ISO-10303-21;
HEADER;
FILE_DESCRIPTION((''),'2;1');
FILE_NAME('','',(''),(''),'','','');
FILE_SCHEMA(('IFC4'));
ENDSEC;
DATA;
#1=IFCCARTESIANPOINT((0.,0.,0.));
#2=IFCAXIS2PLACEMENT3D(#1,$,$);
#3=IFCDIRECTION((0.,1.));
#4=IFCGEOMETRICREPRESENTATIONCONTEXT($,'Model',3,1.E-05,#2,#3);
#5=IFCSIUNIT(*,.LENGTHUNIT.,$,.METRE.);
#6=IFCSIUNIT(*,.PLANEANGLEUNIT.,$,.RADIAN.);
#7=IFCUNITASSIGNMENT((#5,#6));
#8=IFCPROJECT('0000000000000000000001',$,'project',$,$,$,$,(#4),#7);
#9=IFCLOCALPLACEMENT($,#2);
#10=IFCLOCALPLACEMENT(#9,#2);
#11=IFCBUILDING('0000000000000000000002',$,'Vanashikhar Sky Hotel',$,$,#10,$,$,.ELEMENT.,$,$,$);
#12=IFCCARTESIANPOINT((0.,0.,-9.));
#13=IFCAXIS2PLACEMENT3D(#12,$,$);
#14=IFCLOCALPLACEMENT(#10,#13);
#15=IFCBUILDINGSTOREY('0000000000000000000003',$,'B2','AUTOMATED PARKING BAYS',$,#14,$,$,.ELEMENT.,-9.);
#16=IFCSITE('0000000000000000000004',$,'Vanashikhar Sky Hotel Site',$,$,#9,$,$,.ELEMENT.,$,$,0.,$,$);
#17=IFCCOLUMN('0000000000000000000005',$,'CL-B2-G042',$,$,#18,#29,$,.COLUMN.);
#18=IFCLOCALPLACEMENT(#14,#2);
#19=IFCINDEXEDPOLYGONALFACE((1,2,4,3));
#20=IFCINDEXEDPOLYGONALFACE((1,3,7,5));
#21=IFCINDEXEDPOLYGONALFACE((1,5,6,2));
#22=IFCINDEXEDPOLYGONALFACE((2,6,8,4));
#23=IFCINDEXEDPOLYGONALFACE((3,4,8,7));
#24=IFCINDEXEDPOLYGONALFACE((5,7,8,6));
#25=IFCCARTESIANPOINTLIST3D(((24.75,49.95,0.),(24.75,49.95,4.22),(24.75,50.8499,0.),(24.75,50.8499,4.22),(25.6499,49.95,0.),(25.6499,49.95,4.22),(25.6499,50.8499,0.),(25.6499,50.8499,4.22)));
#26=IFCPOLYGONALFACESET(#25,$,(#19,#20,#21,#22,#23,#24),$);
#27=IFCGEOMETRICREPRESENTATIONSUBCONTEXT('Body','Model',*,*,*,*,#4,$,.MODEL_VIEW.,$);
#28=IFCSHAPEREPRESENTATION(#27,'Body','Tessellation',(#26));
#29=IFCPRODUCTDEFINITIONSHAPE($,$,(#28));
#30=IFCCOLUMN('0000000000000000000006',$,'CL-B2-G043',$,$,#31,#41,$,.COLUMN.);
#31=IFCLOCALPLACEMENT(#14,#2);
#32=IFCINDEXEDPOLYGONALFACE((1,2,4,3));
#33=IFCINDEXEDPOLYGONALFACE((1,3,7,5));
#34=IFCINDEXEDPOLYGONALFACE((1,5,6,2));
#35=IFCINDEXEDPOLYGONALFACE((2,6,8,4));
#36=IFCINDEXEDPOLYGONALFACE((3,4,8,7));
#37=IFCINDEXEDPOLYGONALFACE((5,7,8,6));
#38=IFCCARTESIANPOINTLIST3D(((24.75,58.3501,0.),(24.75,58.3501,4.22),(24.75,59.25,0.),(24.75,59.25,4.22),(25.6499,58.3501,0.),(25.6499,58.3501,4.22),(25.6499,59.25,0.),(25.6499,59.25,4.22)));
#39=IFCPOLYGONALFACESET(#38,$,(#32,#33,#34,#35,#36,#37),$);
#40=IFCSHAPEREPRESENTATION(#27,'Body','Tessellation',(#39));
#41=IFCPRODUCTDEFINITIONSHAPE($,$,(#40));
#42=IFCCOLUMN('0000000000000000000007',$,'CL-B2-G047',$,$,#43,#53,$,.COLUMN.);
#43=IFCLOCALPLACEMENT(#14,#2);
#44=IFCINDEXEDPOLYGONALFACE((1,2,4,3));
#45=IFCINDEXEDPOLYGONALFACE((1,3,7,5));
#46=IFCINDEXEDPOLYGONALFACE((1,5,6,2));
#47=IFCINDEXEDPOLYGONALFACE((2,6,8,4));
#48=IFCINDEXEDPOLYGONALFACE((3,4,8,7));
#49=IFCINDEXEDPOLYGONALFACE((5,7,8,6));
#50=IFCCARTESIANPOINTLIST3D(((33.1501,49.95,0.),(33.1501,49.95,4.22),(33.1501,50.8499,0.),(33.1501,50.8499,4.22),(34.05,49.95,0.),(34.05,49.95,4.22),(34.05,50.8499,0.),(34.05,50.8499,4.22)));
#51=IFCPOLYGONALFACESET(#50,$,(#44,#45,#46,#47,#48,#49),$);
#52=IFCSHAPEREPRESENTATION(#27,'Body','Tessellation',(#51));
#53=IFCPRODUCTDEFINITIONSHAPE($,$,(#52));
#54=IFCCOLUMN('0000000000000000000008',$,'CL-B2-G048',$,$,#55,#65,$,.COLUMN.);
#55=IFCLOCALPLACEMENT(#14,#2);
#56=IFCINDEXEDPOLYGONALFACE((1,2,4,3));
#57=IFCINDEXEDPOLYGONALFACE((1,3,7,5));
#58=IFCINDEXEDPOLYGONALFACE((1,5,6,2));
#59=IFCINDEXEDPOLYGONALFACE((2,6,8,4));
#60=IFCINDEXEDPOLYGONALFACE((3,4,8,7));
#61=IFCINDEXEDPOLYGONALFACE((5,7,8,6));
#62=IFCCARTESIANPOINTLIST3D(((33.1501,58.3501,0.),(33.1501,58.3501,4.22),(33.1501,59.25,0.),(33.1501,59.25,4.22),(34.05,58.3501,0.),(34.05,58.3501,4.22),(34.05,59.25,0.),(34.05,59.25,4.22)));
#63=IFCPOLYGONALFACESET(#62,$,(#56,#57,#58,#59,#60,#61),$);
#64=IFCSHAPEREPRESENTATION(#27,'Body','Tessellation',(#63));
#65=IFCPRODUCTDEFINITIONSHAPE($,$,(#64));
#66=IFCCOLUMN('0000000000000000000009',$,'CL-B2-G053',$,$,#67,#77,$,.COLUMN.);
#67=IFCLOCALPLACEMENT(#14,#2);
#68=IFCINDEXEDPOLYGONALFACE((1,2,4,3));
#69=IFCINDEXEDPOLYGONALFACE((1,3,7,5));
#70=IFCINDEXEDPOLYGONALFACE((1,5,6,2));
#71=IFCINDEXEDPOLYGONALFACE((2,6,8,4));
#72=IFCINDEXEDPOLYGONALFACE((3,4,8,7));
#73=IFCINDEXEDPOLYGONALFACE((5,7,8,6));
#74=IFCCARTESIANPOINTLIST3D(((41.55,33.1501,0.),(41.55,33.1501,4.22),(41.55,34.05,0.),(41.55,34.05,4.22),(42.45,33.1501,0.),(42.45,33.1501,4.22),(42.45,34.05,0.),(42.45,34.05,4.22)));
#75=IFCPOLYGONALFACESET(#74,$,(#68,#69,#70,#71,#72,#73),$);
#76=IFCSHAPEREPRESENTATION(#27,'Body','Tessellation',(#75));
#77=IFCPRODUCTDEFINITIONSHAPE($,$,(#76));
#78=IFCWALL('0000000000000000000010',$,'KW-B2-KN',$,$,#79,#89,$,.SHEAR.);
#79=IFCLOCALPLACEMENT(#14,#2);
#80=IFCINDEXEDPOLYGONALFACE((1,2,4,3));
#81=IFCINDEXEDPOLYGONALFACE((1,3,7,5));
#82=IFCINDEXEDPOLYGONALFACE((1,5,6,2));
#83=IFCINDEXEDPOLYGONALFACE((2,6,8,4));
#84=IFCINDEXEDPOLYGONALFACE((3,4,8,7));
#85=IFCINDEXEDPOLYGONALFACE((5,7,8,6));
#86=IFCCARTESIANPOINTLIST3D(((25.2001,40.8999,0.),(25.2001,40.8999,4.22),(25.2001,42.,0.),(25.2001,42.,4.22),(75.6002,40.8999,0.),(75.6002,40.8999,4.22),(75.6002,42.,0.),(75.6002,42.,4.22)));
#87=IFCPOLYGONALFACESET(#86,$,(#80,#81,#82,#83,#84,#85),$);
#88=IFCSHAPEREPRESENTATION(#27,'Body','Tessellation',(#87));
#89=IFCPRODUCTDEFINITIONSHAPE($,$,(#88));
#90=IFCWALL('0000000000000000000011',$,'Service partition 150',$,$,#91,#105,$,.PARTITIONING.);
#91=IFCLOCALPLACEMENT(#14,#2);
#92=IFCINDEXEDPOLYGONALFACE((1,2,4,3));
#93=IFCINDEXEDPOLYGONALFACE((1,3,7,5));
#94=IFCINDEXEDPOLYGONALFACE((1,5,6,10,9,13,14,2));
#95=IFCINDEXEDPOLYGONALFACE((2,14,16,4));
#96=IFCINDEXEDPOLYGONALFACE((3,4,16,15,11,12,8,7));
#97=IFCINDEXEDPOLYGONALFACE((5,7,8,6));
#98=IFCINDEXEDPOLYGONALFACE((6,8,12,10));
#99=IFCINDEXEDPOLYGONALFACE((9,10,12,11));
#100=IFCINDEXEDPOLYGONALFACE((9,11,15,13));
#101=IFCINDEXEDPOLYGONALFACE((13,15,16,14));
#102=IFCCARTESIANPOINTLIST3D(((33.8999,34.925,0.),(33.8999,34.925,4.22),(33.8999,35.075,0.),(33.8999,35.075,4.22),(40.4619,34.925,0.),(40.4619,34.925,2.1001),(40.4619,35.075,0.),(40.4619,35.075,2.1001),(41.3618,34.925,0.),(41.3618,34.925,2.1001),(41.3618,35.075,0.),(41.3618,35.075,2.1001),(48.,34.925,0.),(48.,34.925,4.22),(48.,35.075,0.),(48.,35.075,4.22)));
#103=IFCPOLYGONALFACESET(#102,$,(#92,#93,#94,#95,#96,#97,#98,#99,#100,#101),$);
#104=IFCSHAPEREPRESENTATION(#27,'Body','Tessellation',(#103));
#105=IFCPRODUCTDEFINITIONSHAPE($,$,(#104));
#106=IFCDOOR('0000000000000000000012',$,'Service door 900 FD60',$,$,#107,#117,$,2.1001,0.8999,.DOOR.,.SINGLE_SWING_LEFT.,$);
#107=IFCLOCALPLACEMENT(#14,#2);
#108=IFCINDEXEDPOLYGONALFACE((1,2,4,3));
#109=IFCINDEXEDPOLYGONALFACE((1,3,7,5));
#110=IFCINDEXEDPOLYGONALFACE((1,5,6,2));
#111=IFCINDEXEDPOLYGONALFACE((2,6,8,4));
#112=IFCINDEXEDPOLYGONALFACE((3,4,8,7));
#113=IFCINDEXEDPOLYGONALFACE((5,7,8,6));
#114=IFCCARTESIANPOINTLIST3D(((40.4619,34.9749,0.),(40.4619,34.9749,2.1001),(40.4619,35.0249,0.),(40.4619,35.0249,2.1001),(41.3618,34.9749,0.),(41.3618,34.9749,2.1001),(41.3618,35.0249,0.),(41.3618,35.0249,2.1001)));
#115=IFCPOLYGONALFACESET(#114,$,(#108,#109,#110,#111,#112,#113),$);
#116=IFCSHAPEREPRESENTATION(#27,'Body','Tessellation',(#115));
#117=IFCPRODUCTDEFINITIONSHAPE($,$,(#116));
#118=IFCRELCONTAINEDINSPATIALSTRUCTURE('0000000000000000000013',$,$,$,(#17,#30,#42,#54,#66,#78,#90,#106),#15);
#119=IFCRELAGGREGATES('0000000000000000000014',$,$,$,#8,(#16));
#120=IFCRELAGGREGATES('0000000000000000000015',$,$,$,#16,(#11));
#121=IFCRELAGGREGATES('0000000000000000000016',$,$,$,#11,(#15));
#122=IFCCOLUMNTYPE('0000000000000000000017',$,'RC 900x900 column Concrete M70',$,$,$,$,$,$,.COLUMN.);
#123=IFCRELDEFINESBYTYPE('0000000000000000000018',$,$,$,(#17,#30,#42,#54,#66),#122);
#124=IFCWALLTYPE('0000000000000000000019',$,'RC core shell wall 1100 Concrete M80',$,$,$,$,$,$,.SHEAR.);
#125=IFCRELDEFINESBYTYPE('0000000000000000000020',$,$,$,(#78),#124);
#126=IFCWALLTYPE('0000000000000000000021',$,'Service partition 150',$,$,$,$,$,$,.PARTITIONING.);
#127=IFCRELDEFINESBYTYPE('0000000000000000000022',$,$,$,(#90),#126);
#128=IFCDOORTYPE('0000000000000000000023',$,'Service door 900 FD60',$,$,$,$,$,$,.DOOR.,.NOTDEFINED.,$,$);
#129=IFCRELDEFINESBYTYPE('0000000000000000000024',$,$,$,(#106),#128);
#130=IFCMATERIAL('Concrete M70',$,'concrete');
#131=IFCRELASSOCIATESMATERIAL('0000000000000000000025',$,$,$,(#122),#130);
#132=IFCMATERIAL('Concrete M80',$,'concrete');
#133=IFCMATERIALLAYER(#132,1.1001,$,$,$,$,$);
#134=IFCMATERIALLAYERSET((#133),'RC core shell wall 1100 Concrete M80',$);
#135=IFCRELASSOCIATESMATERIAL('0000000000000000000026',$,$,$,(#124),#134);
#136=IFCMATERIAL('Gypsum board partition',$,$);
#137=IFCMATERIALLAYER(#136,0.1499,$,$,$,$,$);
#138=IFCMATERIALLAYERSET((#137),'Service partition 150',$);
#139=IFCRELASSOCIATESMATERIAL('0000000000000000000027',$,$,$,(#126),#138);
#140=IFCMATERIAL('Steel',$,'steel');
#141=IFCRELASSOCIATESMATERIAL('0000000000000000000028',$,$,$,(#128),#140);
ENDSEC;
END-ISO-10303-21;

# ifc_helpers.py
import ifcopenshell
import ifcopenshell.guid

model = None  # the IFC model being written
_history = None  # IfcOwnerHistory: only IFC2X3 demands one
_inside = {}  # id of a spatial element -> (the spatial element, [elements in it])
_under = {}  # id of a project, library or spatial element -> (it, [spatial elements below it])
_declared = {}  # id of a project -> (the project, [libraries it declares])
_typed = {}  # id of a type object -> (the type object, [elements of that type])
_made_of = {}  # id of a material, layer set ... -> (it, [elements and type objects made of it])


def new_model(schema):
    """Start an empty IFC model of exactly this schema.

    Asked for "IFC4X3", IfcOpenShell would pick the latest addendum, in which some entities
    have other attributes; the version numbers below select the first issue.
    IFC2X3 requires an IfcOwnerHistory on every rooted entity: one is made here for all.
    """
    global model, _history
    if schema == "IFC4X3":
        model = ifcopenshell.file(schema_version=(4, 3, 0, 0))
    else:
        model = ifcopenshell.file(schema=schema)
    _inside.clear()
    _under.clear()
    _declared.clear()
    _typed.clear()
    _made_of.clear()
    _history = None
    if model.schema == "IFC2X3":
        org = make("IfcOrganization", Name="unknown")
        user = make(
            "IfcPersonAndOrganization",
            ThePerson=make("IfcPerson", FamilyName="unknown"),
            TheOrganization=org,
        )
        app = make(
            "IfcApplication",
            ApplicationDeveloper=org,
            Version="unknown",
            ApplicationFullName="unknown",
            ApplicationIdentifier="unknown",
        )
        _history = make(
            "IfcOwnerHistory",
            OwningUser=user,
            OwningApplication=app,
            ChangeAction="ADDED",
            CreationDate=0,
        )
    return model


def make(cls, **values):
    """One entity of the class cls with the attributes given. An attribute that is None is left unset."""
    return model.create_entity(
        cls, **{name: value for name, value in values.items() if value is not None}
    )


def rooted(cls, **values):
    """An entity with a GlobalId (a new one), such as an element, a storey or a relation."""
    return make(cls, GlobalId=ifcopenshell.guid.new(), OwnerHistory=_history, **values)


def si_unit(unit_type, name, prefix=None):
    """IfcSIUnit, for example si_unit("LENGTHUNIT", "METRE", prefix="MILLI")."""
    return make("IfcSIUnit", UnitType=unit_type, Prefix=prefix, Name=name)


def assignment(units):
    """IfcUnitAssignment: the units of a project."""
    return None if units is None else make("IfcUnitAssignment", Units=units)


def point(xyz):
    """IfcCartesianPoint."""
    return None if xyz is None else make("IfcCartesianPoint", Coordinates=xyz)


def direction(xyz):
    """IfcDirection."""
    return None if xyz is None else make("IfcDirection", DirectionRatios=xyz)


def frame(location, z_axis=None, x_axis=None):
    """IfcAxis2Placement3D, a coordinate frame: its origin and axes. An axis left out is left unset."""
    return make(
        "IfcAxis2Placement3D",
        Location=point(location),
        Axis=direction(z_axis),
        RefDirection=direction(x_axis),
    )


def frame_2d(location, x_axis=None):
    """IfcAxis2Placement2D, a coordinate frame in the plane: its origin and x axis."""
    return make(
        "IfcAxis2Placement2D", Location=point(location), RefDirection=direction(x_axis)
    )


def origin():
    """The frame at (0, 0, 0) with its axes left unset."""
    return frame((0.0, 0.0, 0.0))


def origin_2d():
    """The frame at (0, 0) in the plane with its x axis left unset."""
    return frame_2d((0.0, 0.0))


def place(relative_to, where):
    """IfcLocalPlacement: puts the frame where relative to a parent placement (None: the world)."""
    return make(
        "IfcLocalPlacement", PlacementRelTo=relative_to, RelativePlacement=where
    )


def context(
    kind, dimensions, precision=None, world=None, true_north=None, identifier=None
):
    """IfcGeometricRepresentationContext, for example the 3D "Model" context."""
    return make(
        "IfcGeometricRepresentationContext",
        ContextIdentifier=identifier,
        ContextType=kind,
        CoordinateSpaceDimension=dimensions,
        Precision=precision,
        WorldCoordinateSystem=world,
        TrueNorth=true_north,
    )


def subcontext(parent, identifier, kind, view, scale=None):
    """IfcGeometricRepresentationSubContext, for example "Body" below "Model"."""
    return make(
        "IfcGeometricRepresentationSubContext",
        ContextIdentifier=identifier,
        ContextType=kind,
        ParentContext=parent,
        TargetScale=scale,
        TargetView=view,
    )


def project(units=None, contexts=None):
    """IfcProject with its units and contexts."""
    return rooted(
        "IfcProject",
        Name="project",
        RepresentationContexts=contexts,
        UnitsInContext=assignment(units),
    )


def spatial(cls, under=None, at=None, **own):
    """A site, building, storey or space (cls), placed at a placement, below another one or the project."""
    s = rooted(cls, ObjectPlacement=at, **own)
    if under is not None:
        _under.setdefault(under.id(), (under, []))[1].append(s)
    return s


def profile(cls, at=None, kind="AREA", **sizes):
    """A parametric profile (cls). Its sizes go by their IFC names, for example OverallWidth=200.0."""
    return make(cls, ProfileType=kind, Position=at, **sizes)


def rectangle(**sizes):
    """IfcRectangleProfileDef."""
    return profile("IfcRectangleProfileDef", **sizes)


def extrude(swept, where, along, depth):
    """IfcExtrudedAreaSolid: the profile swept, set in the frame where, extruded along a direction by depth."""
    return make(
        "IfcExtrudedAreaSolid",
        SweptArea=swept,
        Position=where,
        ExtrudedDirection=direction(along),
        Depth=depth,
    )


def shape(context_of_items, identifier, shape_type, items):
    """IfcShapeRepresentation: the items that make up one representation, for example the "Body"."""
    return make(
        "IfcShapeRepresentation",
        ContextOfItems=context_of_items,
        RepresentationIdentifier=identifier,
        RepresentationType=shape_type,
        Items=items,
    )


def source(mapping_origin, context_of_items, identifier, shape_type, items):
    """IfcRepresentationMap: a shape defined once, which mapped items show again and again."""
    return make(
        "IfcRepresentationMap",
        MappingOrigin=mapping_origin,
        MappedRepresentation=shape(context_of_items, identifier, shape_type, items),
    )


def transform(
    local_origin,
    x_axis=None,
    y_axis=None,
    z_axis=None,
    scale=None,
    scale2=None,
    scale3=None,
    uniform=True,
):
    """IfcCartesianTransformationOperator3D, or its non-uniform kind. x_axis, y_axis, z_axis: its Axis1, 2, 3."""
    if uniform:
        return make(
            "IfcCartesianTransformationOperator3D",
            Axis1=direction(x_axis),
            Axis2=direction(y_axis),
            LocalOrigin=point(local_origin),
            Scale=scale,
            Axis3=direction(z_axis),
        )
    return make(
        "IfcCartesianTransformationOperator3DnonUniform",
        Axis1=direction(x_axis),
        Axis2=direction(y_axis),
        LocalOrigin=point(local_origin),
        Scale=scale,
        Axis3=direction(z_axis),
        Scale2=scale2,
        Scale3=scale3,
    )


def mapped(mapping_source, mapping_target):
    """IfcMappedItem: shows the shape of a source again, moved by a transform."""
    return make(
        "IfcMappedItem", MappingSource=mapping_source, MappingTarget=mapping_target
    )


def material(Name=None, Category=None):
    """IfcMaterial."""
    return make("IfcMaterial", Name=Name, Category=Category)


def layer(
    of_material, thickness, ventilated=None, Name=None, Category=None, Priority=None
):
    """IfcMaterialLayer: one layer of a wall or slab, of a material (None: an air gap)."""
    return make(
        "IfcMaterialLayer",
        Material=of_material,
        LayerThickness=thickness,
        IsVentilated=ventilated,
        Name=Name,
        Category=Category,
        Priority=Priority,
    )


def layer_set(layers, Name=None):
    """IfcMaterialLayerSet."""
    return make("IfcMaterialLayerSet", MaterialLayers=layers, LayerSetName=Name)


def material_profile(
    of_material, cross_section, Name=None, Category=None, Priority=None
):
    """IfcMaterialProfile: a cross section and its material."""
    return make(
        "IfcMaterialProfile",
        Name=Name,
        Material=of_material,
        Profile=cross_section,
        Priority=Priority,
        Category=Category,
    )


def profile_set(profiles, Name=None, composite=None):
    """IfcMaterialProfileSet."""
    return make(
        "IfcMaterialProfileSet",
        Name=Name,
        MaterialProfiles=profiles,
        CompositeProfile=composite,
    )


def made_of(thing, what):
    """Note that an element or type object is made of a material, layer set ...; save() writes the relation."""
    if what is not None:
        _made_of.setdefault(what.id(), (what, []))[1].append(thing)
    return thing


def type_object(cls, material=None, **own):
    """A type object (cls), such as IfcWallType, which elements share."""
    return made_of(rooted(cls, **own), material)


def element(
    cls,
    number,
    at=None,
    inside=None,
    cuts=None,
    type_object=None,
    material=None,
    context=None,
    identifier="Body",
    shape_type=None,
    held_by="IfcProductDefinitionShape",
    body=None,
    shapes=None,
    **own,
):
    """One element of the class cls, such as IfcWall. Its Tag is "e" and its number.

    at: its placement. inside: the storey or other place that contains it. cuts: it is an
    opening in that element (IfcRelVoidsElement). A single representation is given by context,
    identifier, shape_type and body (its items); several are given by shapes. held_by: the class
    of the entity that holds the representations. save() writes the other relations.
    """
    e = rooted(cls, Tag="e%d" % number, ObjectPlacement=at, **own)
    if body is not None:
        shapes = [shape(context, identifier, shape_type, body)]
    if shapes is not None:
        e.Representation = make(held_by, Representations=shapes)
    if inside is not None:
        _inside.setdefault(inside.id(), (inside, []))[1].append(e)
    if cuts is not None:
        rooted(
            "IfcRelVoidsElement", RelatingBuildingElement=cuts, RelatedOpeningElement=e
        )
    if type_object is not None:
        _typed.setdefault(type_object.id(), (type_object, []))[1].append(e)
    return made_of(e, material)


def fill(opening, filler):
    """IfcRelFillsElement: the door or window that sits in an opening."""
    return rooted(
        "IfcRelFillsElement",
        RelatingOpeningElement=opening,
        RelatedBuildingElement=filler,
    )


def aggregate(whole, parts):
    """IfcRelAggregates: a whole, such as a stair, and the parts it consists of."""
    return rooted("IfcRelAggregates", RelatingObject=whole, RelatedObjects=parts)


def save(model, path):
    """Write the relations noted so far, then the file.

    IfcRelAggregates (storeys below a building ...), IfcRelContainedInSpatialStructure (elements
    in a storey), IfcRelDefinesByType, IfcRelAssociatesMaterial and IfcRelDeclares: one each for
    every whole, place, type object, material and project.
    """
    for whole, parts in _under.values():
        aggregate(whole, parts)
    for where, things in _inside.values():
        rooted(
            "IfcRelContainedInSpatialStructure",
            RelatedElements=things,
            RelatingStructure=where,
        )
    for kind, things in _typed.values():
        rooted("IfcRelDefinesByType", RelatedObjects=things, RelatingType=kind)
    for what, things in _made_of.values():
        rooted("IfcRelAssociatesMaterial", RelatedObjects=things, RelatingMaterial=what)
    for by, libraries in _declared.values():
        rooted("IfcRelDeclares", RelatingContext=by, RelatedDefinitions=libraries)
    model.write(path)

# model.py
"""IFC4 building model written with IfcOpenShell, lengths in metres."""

from ifc_helpers import new_model, si_unit, direction, frame, frame_2d, origin, origin_2d, place, context, subcontext, project, spatial, rectangle, extrude, source, transform, mapped, material, layer, layer_set, material_profile, profile_set, type_object, element, fill, save


model = new_model("IFC4")

# Units and contexts
model_context = context("Model", 3, precision=1e-05, world=origin(), true_north=direction((0.0, 1.0)))
body_context = subcontext(model_context, "Body", "Model", "MODEL_VIEW")
ifc_project = project(units=[si_unit("LENGTHUNIT", "METRE"), si_unit("PLANEANGLEUNIT", "RADIAN")], contexts=[model_context])

# Site, building, storey
site_placement = place(None, origin())
site = spatial("IfcSite", under=ifc_project, at=site_placement, Name="Vanashikhar Sky Hotel Site", CompositionType="ELEMENT", RefElevation=0.0)
building_placement = place(site_placement, origin())
building = spatial("IfcBuilding", under=site, at=building_placement, Name="Vanashikhar Sky Hotel", CompositionType="ELEMENT")
storey_placement = place(building_placement, frame((0.0, 0.0, -9.0)))
storey = spatial("IfcBuildingStorey", under=building, at=storey_placement, Name="B2", Description="AUTOMATED PARKING BAYS", CompositionType="ELEMENT", Elevation=-9.0)

# Columns
ifc_material_1 = material(Name="Concrete M70", Category="concrete")
ifc_material_profile = material_profile(ifc_material_1, rectangle(XDim=0.8999, YDim=0.8999, at=origin_2d()))
ifc_profile_set = profile_set([ifc_material_profile], Name="RC 900x900 column Concrete M70")
column_type = type_object("IfcColumnType", Name="RC 900x900 column Concrete M70", PredefinedType="COLUMN", material=ifc_profile_set)
shared_shape_1 = source(origin(), body_context, "Body", "SweptSolid", [
    extrude(rectangle(XDim=0.8999, YDim=0.8999, at=origin_2d()), origin(), (0.0, 0.0, 1.0), 4.22),
])
for number, where, z_axis, x_axis, name in (
    (1, (25.2, 50.3999, 0.0), (0.0, 0.0, 1.0), (1.0, 0.0, 0.0), "CL-B2-G042"),
    (2, (25.2, 58.8, 0.0), (0.0, 0.0, 1.0), (1.0, 0.0, 0.0), "CL-B2-G043"),
    (3, (33.6001, 50.3999, 0.0), (0.0, 0.0, 1.0), (1.0, 0.0, 0.0), "CL-B2-G047"),
    (4, (33.6001, 58.8, 0.0), (0.0, 0.0, 1.0), (1.0, 0.0, 0.0), "CL-B2-G048"),
    (5, (42.0, 33.6001, 0.0), (0.0, 0.0, 1.0), (1.0, 0.0, 0.0), "CL-B2-G053"),
):
    element("IfcColumn", number, at=place(storey_placement, frame(where, z_axis=z_axis, x_axis=x_axis)), inside=storey, type_object=column_type, Name=name, PredefinedType="COLUMN", context=body_context, shape_type="MappedRepresentation", body=[
        mapped(shared_shape_1, transform((0.0, 0.0, 0.0), scale=1.0)),
    ])

# Wall
ifc_material_2 = material(Name="Concrete M80", Category="concrete")
ifc_layer_1 = layer(ifc_material_2, 1.1001)
ifc_layer_set_1 = layer_set([ifc_layer_1], Name="RC core shell wall 1100 Concrete M80")
wall_type_1 = type_object("IfcWallType", Name="RC core shell wall 1100 Concrete M80", PredefinedType="SHEAR", material=ifc_layer_set_1)
shared_shape_2 = source(origin(), body_context, "Body", "SweptSolid", [
    extrude(rectangle(XDim=50.4001, YDim=1.1001, at=frame_2d((25.2002, 0.0))), origin(), (0.0, 0.0, 1.0), 4.22),
])
wall_1_placement = place(storey_placement, frame((25.2, 41.45, 0.0), z_axis=(0.0, 0.0, 1.0), x_axis=(1.0, 0.0, 0.0)))
element("IfcWall", 6, at=wall_1_placement, inside=storey, type_object=wall_type_1, Name="KW-B2-KN", PredefinedType="SHEAR", context=body_context, shape_type="MappedRepresentation", body=[
    mapped(shared_shape_2, transform((0.0, 0.0, 0.0), scale=1.0)),
])

# Wall, opening, door
ifc_material_3 = material(Name="Gypsum board partition")
ifc_layer_2 = layer(ifc_material_3, 0.1499)
ifc_layer_set_2 = layer_set([ifc_layer_2], Name="Service partition 150")
wall_type_2 = type_object("IfcWallType", Name="Service partition 150", PredefinedType="PARTITIONING", material=ifc_layer_set_2)
shared_shape_3 = source(origin(), body_context, "Body", "SweptSolid", [
    extrude(rectangle(XDim=14.1001, YDim=0.1499, at=frame_2d((7.05, 0.0))), origin(), (0.0, 0.0, 1.0), 4.22),
])
wall_2_placement = place(storey_placement, frame((33.8999, 35.0, 0.0), z_axis=(0.0, 0.0, 1.0), x_axis=(1.0, 0.0, 0.0)))
wall_2 = element("IfcWall", 7, at=wall_2_placement, inside=storey, type_object=wall_type_2, Name="Service partition 150", PredefinedType="PARTITIONING", context=body_context, shape_type="MappedRepresentation", body=[
    mapped(shared_shape_3, transform((0.0, 0.0, 0.0), scale=1.0)),
])
shared_shape_4 = source(origin(), body_context, "Body", "SweptSolid", [
    extrude(rectangle(XDim=0.8999, YDim=2.1001, at=frame_2d((0.45, 1.05))), frame((0.0, 0.085, 0.0), z_axis=(0.0, -1.0, 0.0), x_axis=(1.0, 0.0, 0.0)), (0.0, 0.0, 1.0), 0.1699),
])
opening_1_placement = place(wall_2_placement, frame((6.562, 0.0, 0.0)))
opening_1 = element("IfcOpeningElement", 8, at=opening_1_placement, cuts=wall_2, PredefinedType="OPENING", context=body_context, shape_type="MappedRepresentation", body=[
    mapped(shared_shape_4, transform((0.0, 0.0, 0.0), scale=1.0)),
])
ifc_material_4 = material(Name="Steel", Category="steel")
door_type_1 = type_object("IfcDoorType", Name="Service door 900 FD60", OperationType="NOTDEFINED", PredefinedType="DOOR", material=ifc_material_4)
shared_shape_5 = source(origin(), body_context, "Body", "SweptSolid", [
    extrude(rectangle(XDim=0.8999, YDim=2.1001, at=frame_2d((0.45, 1.05))), frame((0.0, 0.0249, 0.0), z_axis=(0.0, -1.0, 0.0), x_axis=(1.0, 0.0, 0.0)), (0.0, 0.0, 1.0), 0.05),
])
door_1_placement = place(opening_1_placement, origin())
door_1 = element("IfcDoor", 9, at=door_1_placement, inside=storey, type_object=door_type_1, Name="Service door 900 FD60", OperationType="SINGLE_SWING_LEFT", OverallHeight=2.1001, OverallWidth=0.8999, PredefinedType="DOOR", context=body_context, shape_type="MappedRepresentation", body=[
    mapped(shared_shape_5, transform((0.0, 0.0, 0.0), scale=1.0)),
])
fill(opening_1, door_1)

save(model, "model.ifc")
